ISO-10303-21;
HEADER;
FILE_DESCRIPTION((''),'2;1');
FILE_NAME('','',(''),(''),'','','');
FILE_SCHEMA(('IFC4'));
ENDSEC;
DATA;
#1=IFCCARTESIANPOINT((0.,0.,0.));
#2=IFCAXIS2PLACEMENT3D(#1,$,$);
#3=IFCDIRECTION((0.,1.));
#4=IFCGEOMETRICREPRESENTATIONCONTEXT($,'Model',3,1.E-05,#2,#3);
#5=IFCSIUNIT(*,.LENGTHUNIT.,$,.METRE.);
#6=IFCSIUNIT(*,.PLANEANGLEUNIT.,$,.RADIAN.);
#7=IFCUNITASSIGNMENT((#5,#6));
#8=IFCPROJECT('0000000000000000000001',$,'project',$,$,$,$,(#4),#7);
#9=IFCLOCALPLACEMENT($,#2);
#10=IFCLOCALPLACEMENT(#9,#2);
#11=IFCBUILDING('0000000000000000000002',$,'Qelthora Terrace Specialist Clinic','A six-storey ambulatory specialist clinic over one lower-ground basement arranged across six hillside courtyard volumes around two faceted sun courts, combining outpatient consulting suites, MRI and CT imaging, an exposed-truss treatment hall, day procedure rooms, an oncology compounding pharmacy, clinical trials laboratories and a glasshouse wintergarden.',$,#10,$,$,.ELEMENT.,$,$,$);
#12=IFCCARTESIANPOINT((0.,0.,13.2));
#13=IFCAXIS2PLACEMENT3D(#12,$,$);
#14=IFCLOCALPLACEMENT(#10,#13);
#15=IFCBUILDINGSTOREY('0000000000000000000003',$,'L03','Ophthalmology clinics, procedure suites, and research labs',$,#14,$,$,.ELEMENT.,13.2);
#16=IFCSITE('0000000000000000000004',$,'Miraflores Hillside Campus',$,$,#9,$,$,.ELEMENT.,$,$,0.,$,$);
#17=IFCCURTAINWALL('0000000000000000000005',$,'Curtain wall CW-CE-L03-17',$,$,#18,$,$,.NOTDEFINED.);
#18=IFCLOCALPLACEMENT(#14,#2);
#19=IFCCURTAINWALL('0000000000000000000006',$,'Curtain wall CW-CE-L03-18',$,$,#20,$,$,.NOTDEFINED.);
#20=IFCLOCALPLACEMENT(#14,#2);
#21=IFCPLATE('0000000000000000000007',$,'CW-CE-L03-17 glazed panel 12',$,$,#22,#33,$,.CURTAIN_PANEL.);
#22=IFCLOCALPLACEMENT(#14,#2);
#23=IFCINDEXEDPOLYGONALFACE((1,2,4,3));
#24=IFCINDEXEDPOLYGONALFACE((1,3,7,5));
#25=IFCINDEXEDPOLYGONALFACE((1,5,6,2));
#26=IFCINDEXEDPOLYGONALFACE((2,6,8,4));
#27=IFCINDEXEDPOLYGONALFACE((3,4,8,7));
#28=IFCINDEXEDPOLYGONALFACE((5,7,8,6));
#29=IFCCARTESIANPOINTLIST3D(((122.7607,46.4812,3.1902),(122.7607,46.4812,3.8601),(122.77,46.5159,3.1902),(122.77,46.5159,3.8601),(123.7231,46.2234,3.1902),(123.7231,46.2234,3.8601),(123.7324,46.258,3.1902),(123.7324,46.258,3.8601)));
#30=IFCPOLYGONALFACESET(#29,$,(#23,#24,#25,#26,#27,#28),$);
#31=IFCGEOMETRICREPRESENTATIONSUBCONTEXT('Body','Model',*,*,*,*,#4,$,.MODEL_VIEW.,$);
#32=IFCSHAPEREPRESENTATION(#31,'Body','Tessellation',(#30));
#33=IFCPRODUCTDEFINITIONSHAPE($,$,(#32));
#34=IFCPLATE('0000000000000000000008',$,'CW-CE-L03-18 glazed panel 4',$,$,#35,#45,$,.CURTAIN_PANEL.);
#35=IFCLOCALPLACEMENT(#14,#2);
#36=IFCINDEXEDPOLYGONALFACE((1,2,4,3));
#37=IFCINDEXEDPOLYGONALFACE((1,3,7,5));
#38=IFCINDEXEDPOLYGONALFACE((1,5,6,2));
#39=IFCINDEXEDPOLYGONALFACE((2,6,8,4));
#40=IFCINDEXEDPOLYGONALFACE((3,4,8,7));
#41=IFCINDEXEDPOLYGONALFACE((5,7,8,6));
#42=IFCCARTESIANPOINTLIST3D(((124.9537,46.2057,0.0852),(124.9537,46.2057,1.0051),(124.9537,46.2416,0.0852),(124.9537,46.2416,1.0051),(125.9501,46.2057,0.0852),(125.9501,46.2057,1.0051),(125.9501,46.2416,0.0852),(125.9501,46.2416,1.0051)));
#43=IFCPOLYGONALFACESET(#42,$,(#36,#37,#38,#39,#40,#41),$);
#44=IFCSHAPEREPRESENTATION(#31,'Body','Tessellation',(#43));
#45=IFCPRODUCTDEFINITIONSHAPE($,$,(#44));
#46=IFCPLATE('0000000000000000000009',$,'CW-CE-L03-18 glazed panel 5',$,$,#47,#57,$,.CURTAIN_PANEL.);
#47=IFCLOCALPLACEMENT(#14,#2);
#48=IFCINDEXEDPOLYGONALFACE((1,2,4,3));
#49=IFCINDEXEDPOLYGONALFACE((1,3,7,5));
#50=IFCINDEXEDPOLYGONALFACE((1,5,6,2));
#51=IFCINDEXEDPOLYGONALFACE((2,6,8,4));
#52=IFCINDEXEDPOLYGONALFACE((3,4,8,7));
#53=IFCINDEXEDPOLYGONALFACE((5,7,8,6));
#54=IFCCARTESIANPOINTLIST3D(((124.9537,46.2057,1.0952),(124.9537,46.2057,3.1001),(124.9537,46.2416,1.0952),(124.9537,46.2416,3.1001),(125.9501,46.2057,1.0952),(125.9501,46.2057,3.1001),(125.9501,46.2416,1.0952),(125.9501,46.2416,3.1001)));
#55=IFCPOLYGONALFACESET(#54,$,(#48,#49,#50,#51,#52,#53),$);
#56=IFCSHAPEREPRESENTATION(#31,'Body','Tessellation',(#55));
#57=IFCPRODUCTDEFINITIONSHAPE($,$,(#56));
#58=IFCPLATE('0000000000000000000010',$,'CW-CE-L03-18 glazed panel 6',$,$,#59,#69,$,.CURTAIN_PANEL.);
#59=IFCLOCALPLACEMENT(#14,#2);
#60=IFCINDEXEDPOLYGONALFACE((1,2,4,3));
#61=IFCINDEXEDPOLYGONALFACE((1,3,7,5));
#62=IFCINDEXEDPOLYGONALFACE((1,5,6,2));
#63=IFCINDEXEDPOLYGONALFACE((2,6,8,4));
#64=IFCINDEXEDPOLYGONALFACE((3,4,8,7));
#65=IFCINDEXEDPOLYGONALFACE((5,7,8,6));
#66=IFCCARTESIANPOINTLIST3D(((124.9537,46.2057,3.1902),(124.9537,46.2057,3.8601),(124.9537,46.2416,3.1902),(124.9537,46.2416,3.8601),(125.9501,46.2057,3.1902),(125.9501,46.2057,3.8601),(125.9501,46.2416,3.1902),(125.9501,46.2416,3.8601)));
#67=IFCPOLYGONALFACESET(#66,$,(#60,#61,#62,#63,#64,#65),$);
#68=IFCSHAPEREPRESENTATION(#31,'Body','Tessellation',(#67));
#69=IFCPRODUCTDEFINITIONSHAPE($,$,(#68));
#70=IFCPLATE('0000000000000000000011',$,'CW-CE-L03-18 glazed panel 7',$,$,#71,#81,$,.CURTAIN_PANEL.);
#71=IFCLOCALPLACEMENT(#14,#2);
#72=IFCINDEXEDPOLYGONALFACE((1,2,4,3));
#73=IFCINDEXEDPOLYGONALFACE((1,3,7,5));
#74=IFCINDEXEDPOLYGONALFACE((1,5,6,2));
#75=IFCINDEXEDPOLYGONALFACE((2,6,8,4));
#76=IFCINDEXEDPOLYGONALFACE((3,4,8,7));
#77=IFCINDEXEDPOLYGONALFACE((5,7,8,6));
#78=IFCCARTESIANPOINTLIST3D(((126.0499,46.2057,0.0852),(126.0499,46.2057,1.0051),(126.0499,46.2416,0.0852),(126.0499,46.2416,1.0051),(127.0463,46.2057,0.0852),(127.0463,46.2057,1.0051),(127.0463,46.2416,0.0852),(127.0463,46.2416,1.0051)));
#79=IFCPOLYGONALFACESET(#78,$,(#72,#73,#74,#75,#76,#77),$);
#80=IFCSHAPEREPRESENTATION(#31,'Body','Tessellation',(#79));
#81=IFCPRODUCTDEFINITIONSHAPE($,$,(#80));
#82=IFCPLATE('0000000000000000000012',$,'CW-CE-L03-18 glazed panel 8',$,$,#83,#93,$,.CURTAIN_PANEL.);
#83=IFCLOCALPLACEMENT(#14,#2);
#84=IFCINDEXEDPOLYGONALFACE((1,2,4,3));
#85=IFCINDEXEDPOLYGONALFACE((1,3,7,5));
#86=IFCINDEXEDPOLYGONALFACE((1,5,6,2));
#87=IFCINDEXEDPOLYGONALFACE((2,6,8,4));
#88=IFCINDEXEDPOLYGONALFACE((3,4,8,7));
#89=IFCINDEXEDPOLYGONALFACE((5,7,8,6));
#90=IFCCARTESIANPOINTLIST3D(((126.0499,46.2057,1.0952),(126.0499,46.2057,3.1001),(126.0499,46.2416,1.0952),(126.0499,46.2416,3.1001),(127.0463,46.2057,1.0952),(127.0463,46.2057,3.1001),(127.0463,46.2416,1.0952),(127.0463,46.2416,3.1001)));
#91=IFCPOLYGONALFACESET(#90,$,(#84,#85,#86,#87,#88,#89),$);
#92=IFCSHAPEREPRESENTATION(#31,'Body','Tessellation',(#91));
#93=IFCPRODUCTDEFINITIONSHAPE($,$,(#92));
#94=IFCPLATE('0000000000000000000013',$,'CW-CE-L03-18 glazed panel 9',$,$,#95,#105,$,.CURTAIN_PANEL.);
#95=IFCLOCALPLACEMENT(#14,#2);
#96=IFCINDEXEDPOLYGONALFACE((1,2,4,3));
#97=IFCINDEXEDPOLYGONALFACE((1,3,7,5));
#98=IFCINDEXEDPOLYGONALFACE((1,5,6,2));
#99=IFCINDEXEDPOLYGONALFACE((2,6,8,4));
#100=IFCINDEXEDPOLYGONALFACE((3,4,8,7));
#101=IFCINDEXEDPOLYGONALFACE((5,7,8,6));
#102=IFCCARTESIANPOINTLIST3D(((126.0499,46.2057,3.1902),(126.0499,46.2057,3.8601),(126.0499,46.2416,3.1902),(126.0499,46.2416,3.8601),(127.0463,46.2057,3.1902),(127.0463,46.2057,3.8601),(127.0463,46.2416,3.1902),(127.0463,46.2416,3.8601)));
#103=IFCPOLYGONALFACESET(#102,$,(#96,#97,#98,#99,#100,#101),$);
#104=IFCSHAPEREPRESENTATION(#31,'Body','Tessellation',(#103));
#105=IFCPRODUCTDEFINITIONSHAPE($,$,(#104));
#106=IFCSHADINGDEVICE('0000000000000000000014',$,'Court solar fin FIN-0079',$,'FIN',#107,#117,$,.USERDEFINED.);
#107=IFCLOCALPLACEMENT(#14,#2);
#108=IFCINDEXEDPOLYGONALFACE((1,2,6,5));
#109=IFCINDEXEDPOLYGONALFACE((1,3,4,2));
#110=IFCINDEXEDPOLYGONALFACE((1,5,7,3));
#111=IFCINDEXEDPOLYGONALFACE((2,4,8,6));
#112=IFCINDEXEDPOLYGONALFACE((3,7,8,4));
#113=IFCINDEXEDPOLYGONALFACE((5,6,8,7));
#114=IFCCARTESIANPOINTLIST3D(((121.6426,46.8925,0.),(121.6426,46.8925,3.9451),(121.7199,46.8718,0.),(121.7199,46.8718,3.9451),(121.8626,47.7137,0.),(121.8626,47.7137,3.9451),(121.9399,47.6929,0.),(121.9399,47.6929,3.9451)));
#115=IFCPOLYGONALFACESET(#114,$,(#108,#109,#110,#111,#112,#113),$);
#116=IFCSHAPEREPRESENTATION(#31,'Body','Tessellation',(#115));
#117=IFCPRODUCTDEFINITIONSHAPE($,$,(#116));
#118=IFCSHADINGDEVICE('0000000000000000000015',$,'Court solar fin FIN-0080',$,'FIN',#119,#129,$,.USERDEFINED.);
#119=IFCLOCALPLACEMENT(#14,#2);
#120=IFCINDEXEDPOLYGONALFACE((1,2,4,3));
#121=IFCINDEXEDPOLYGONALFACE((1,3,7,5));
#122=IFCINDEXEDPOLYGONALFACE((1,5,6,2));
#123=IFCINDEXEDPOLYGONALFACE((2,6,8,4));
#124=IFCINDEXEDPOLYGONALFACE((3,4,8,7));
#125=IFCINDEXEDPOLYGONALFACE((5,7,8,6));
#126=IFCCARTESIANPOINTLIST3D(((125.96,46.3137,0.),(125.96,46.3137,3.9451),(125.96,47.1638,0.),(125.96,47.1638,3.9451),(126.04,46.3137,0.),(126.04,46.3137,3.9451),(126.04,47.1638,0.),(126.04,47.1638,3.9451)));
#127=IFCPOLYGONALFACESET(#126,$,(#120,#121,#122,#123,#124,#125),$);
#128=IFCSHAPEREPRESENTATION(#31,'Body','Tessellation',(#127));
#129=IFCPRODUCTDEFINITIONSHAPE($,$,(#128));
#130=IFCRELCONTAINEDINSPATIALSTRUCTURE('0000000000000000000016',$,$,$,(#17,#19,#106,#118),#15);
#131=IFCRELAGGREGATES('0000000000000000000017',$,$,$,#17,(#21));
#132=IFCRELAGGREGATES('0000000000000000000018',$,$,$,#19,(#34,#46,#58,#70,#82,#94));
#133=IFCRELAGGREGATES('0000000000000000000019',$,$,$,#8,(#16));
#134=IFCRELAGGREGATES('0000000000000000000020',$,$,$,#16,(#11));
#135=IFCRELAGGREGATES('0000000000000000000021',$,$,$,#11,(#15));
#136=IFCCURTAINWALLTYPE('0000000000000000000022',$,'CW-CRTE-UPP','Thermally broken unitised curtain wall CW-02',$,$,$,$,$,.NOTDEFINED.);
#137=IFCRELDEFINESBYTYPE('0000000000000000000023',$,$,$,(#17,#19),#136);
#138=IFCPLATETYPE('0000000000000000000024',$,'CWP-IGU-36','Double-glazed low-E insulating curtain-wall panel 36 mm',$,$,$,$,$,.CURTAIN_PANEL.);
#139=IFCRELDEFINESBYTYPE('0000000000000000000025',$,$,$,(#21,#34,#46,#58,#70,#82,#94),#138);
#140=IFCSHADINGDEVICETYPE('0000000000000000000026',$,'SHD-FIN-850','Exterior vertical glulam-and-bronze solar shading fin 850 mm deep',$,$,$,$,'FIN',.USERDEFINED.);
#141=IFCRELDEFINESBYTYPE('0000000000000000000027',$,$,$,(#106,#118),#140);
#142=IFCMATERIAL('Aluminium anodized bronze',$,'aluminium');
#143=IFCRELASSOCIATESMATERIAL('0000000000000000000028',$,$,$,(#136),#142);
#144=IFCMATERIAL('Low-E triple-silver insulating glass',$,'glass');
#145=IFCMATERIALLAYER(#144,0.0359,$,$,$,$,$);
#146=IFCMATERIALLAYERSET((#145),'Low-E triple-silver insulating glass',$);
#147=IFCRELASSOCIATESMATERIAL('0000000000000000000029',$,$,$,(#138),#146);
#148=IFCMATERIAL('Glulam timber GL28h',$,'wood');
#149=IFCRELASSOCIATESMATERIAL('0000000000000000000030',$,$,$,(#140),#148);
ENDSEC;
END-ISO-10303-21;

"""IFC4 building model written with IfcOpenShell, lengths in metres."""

from ifc_helpers import new_model, si_unit, direction, frame, origin, origin_2d, place, context, subcontext, project, spatial, rectangle, extrude, material, layer, layer_set, type_object, element, aggregate, save


model = new_model("IFC4")

# Units and contexts
model_context = context("Model", 3, precision=1e-05, world=origin(), true_north=direction((0.0, 1.0)))
body_context = subcontext(model_context, "Body", "Model", "MODEL_VIEW")
ifc_project = project(units=[si_unit("LENGTHUNIT", "METRE"), si_unit("PLANEANGLEUNIT", "RADIAN")], contexts=[model_context])

# Site, building, storey
site_placement = place(None, origin())
site = spatial("IfcSite", under=ifc_project, at=site_placement, Name="Miraflores Hillside Campus", CompositionType="ELEMENT", RefElevation=0.0)
building_placement = place(site_placement, origin())
building = spatial("IfcBuilding", under=site, at=building_placement, Name="Qelthora Terrace Specialist Clinic", Description="A six-storey ambulatory specialist clinic over one lower-ground basement arranged across six hillside courtyard volumes around two faceted sun courts, combining outpatient consulting suites, MRI and CT imaging, an exposed-truss treatment hall, day procedure rooms, an oncology compounding pharmacy, clinical trials laboratories and a glasshouse wintergarden.", CompositionType="ELEMENT")
storey_placement = place(building_placement, frame((0.0, 0.0, 13.2)))
storey = spatial("IfcBuildingStorey", under=building, at=storey_placement, Name="L03", Description="Ophthalmology clinics, procedure suites, and research labs", CompositionType="ELEMENT", Elevation=13.2)

# Curtain walls
ifc_material_1 = material(Name="Aluminium anodized bronze", Category="aluminium")
curtain_wall_type = type_object("IfcCurtainWallType", Name="CW-CRTE-UPP", Description="Thermally broken unitised curtain wall CW-02", PredefinedType="NOTDEFINED", material=ifc_material_1)
curtain_wall_1_placement = place(storey_placement, origin())
curtain_wall_1 = element("IfcCurtainWall", 1, at=curtain_wall_1_placement, inside=storey, type_object=curtain_wall_type, Name="Curtain wall CW-CE-L03-17", PredefinedType="NOTDEFINED")
curtain_wall_2_placement = place(storey_placement, origin())
curtain_wall_2 = element("IfcCurtainWall", 2, at=curtain_wall_2_placement, inside=storey, type_object=curtain_wall_type, Name="Curtain wall CW-CE-L03-18", PredefinedType="NOTDEFINED")

# Plates
ifc_material_2 = material(Name="Low-E triple-silver insulating glass", Category="glass")
ifc_layer = layer(ifc_material_2, 0.0359)
ifc_layer_set = layer_set([ifc_layer], Name="Low-E triple-silver insulating glass")
plate_type = type_object("IfcPlateType", Name="CWP-IGU-36", Description="Double-glazed low-E insulating curtain-wall panel 36 mm", PredefinedType="CURTAIN_PANEL", material=ifc_layer_set)
plate_1_placement = place(storey_placement, frame((123.2466, 46.3696, 3.1902), z_axis=(0.0, 0.0, 1.0), x_axis=(0.965926, -0.258819, 0.0)))
plate_1 = element("IfcPlate", 3, at=plate_1_placement, type_object=plate_type, Name="CW-CE-L03-17 glazed panel 12", PredefinedType="CURTAIN_PANEL", context=body_context, shape_type="SweptSolid", body=[
    extrude(rectangle(XDim=0.9963, YDim=0.0359, at=origin_2d()), origin(), (0.0, 0.0, 1.0), 0.6699),
])
aggregate(curtain_wall_1, [plate_1])
plate_2_placement = place(storey_placement, frame((125.4519, 46.2236, 0.0852), z_axis=(0.0, 0.0, 1.0), x_axis=(1.0, 0.0, 0.0)))
plate_2 = element("IfcPlate", 4, at=plate_2_placement, type_object=plate_type, Name="CW-CE-L03-18 glazed panel 4", PredefinedType="CURTAIN_PANEL", context=body_context, shape_type="SweptSolid", body=[
    extrude(rectangle(XDim=0.9963, YDim=0.0359, at=origin_2d()), origin(), (0.0, 0.0, 1.0), 0.9199),
])
plate_3_placement = place(storey_placement, frame((125.4519, 46.2236, 1.0952), z_axis=(0.0, 0.0, 1.0), x_axis=(1.0, 0.0, 0.0)))
plate_3 = element("IfcPlate", 5, at=plate_3_placement, type_object=plate_type, Name="CW-CE-L03-18 glazed panel 5", PredefinedType="CURTAIN_PANEL", context=body_context, shape_type="SweptSolid", body=[
    extrude(rectangle(XDim=0.9963, YDim=0.0359, at=origin_2d()), origin(), (0.0, 0.0, 1.0), 2.0049),
])
plate_4_placement = place(storey_placement, frame((125.4519, 46.2236, 3.1902), z_axis=(0.0, 0.0, 1.0), x_axis=(1.0, 0.0, 0.0)))
plate_4 = element("IfcPlate", 6, at=plate_4_placement, type_object=plate_type, Name="CW-CE-L03-18 glazed panel 6", PredefinedType="CURTAIN_PANEL", context=body_context, shape_type="SweptSolid", body=[
    extrude(rectangle(XDim=0.9963, YDim=0.0359, at=origin_2d()), origin(), (0.0, 0.0, 1.0), 0.6699),
])
plate_5_placement = place(storey_placement, frame((126.5481, 46.2236, 0.0852), z_axis=(0.0, 0.0, 1.0), x_axis=(1.0, 0.0, 0.0)))
plate_5 = element("IfcPlate", 7, at=plate_5_placement, type_object=plate_type, Name="CW-CE-L03-18 glazed panel 7", PredefinedType="CURTAIN_PANEL", context=body_context, shape_type="SweptSolid", body=[
    extrude(rectangle(XDim=0.9963, YDim=0.0359, at=origin_2d()), origin(), (0.0, 0.0, 1.0), 0.9199),
])
plate_6_placement = place(storey_placement, frame((126.5481, 46.2236, 1.0952), z_axis=(0.0, 0.0, 1.0), x_axis=(1.0, 0.0, 0.0)))
plate_6 = element("IfcPlate", 8, at=plate_6_placement, type_object=plate_type, Name="CW-CE-L03-18 glazed panel 8", PredefinedType="CURTAIN_PANEL", context=body_context, shape_type="SweptSolid", body=[
    extrude(rectangle(XDim=0.9963, YDim=0.0359, at=origin_2d()), origin(), (0.0, 0.0, 1.0), 2.0049),
])
plate_7_placement = place(storey_placement, frame((126.5481, 46.2236, 3.1902), z_axis=(0.0, 0.0, 1.0), x_axis=(1.0, 0.0, 0.0)))
plate_7 = element("IfcPlate", 9, at=plate_7_placement, type_object=plate_type, Name="CW-CE-L03-18 glazed panel 9", PredefinedType="CURTAIN_PANEL", context=body_context, shape_type="SweptSolid", body=[
    extrude(rectangle(XDim=0.9963, YDim=0.0359, at=origin_2d()), origin(), (0.0, 0.0, 1.0), 0.6699),
])
aggregate(curtain_wall_2, [plate_2, plate_3, plate_4, plate_5, plate_6, plate_7])

# Shading devices
ifc_material_3 = material(Name="Glulam timber GL28h", Category="wood")
shading_device_type = type_object("IfcShadingDeviceType", Name="SHD-FIN-850", Description="Exterior vertical glulam-and-bronze solar shading fin 850 mm deep", ElementType="FIN", PredefinedType="USERDEFINED", material=ifc_material_3)
for number, where, z_axis, x_axis, name in (
    (10, (121.7913, 47.2927, 0.0), (0.0, 0.0, 1.0), (0.258819, 0.965926, 0.0), "Court solar fin FIN-0079"),
    (11, (126.0, 46.7388, 0.0), (0.0, 0.0, 1.0), (0.0, 1.0, 0.0), "Court solar fin FIN-0080"),
):
    element("IfcShadingDevice", number, at=place(storey_placement, frame(where, z_axis=z_axis, x_axis=x_axis)), inside=storey, type_object=shading_device_type, Name=name, ObjectType="FIN", PredefinedType="USERDEFINED", context=body_context, shape_type="SweptSolid", body=[
        extrude(rectangle(XDim=0.8501, YDim=0.0801, at=origin_2d()), origin(), (0.0, 0.0, 1.0), 3.9451),
    ])

save(model, "model.ifc")
